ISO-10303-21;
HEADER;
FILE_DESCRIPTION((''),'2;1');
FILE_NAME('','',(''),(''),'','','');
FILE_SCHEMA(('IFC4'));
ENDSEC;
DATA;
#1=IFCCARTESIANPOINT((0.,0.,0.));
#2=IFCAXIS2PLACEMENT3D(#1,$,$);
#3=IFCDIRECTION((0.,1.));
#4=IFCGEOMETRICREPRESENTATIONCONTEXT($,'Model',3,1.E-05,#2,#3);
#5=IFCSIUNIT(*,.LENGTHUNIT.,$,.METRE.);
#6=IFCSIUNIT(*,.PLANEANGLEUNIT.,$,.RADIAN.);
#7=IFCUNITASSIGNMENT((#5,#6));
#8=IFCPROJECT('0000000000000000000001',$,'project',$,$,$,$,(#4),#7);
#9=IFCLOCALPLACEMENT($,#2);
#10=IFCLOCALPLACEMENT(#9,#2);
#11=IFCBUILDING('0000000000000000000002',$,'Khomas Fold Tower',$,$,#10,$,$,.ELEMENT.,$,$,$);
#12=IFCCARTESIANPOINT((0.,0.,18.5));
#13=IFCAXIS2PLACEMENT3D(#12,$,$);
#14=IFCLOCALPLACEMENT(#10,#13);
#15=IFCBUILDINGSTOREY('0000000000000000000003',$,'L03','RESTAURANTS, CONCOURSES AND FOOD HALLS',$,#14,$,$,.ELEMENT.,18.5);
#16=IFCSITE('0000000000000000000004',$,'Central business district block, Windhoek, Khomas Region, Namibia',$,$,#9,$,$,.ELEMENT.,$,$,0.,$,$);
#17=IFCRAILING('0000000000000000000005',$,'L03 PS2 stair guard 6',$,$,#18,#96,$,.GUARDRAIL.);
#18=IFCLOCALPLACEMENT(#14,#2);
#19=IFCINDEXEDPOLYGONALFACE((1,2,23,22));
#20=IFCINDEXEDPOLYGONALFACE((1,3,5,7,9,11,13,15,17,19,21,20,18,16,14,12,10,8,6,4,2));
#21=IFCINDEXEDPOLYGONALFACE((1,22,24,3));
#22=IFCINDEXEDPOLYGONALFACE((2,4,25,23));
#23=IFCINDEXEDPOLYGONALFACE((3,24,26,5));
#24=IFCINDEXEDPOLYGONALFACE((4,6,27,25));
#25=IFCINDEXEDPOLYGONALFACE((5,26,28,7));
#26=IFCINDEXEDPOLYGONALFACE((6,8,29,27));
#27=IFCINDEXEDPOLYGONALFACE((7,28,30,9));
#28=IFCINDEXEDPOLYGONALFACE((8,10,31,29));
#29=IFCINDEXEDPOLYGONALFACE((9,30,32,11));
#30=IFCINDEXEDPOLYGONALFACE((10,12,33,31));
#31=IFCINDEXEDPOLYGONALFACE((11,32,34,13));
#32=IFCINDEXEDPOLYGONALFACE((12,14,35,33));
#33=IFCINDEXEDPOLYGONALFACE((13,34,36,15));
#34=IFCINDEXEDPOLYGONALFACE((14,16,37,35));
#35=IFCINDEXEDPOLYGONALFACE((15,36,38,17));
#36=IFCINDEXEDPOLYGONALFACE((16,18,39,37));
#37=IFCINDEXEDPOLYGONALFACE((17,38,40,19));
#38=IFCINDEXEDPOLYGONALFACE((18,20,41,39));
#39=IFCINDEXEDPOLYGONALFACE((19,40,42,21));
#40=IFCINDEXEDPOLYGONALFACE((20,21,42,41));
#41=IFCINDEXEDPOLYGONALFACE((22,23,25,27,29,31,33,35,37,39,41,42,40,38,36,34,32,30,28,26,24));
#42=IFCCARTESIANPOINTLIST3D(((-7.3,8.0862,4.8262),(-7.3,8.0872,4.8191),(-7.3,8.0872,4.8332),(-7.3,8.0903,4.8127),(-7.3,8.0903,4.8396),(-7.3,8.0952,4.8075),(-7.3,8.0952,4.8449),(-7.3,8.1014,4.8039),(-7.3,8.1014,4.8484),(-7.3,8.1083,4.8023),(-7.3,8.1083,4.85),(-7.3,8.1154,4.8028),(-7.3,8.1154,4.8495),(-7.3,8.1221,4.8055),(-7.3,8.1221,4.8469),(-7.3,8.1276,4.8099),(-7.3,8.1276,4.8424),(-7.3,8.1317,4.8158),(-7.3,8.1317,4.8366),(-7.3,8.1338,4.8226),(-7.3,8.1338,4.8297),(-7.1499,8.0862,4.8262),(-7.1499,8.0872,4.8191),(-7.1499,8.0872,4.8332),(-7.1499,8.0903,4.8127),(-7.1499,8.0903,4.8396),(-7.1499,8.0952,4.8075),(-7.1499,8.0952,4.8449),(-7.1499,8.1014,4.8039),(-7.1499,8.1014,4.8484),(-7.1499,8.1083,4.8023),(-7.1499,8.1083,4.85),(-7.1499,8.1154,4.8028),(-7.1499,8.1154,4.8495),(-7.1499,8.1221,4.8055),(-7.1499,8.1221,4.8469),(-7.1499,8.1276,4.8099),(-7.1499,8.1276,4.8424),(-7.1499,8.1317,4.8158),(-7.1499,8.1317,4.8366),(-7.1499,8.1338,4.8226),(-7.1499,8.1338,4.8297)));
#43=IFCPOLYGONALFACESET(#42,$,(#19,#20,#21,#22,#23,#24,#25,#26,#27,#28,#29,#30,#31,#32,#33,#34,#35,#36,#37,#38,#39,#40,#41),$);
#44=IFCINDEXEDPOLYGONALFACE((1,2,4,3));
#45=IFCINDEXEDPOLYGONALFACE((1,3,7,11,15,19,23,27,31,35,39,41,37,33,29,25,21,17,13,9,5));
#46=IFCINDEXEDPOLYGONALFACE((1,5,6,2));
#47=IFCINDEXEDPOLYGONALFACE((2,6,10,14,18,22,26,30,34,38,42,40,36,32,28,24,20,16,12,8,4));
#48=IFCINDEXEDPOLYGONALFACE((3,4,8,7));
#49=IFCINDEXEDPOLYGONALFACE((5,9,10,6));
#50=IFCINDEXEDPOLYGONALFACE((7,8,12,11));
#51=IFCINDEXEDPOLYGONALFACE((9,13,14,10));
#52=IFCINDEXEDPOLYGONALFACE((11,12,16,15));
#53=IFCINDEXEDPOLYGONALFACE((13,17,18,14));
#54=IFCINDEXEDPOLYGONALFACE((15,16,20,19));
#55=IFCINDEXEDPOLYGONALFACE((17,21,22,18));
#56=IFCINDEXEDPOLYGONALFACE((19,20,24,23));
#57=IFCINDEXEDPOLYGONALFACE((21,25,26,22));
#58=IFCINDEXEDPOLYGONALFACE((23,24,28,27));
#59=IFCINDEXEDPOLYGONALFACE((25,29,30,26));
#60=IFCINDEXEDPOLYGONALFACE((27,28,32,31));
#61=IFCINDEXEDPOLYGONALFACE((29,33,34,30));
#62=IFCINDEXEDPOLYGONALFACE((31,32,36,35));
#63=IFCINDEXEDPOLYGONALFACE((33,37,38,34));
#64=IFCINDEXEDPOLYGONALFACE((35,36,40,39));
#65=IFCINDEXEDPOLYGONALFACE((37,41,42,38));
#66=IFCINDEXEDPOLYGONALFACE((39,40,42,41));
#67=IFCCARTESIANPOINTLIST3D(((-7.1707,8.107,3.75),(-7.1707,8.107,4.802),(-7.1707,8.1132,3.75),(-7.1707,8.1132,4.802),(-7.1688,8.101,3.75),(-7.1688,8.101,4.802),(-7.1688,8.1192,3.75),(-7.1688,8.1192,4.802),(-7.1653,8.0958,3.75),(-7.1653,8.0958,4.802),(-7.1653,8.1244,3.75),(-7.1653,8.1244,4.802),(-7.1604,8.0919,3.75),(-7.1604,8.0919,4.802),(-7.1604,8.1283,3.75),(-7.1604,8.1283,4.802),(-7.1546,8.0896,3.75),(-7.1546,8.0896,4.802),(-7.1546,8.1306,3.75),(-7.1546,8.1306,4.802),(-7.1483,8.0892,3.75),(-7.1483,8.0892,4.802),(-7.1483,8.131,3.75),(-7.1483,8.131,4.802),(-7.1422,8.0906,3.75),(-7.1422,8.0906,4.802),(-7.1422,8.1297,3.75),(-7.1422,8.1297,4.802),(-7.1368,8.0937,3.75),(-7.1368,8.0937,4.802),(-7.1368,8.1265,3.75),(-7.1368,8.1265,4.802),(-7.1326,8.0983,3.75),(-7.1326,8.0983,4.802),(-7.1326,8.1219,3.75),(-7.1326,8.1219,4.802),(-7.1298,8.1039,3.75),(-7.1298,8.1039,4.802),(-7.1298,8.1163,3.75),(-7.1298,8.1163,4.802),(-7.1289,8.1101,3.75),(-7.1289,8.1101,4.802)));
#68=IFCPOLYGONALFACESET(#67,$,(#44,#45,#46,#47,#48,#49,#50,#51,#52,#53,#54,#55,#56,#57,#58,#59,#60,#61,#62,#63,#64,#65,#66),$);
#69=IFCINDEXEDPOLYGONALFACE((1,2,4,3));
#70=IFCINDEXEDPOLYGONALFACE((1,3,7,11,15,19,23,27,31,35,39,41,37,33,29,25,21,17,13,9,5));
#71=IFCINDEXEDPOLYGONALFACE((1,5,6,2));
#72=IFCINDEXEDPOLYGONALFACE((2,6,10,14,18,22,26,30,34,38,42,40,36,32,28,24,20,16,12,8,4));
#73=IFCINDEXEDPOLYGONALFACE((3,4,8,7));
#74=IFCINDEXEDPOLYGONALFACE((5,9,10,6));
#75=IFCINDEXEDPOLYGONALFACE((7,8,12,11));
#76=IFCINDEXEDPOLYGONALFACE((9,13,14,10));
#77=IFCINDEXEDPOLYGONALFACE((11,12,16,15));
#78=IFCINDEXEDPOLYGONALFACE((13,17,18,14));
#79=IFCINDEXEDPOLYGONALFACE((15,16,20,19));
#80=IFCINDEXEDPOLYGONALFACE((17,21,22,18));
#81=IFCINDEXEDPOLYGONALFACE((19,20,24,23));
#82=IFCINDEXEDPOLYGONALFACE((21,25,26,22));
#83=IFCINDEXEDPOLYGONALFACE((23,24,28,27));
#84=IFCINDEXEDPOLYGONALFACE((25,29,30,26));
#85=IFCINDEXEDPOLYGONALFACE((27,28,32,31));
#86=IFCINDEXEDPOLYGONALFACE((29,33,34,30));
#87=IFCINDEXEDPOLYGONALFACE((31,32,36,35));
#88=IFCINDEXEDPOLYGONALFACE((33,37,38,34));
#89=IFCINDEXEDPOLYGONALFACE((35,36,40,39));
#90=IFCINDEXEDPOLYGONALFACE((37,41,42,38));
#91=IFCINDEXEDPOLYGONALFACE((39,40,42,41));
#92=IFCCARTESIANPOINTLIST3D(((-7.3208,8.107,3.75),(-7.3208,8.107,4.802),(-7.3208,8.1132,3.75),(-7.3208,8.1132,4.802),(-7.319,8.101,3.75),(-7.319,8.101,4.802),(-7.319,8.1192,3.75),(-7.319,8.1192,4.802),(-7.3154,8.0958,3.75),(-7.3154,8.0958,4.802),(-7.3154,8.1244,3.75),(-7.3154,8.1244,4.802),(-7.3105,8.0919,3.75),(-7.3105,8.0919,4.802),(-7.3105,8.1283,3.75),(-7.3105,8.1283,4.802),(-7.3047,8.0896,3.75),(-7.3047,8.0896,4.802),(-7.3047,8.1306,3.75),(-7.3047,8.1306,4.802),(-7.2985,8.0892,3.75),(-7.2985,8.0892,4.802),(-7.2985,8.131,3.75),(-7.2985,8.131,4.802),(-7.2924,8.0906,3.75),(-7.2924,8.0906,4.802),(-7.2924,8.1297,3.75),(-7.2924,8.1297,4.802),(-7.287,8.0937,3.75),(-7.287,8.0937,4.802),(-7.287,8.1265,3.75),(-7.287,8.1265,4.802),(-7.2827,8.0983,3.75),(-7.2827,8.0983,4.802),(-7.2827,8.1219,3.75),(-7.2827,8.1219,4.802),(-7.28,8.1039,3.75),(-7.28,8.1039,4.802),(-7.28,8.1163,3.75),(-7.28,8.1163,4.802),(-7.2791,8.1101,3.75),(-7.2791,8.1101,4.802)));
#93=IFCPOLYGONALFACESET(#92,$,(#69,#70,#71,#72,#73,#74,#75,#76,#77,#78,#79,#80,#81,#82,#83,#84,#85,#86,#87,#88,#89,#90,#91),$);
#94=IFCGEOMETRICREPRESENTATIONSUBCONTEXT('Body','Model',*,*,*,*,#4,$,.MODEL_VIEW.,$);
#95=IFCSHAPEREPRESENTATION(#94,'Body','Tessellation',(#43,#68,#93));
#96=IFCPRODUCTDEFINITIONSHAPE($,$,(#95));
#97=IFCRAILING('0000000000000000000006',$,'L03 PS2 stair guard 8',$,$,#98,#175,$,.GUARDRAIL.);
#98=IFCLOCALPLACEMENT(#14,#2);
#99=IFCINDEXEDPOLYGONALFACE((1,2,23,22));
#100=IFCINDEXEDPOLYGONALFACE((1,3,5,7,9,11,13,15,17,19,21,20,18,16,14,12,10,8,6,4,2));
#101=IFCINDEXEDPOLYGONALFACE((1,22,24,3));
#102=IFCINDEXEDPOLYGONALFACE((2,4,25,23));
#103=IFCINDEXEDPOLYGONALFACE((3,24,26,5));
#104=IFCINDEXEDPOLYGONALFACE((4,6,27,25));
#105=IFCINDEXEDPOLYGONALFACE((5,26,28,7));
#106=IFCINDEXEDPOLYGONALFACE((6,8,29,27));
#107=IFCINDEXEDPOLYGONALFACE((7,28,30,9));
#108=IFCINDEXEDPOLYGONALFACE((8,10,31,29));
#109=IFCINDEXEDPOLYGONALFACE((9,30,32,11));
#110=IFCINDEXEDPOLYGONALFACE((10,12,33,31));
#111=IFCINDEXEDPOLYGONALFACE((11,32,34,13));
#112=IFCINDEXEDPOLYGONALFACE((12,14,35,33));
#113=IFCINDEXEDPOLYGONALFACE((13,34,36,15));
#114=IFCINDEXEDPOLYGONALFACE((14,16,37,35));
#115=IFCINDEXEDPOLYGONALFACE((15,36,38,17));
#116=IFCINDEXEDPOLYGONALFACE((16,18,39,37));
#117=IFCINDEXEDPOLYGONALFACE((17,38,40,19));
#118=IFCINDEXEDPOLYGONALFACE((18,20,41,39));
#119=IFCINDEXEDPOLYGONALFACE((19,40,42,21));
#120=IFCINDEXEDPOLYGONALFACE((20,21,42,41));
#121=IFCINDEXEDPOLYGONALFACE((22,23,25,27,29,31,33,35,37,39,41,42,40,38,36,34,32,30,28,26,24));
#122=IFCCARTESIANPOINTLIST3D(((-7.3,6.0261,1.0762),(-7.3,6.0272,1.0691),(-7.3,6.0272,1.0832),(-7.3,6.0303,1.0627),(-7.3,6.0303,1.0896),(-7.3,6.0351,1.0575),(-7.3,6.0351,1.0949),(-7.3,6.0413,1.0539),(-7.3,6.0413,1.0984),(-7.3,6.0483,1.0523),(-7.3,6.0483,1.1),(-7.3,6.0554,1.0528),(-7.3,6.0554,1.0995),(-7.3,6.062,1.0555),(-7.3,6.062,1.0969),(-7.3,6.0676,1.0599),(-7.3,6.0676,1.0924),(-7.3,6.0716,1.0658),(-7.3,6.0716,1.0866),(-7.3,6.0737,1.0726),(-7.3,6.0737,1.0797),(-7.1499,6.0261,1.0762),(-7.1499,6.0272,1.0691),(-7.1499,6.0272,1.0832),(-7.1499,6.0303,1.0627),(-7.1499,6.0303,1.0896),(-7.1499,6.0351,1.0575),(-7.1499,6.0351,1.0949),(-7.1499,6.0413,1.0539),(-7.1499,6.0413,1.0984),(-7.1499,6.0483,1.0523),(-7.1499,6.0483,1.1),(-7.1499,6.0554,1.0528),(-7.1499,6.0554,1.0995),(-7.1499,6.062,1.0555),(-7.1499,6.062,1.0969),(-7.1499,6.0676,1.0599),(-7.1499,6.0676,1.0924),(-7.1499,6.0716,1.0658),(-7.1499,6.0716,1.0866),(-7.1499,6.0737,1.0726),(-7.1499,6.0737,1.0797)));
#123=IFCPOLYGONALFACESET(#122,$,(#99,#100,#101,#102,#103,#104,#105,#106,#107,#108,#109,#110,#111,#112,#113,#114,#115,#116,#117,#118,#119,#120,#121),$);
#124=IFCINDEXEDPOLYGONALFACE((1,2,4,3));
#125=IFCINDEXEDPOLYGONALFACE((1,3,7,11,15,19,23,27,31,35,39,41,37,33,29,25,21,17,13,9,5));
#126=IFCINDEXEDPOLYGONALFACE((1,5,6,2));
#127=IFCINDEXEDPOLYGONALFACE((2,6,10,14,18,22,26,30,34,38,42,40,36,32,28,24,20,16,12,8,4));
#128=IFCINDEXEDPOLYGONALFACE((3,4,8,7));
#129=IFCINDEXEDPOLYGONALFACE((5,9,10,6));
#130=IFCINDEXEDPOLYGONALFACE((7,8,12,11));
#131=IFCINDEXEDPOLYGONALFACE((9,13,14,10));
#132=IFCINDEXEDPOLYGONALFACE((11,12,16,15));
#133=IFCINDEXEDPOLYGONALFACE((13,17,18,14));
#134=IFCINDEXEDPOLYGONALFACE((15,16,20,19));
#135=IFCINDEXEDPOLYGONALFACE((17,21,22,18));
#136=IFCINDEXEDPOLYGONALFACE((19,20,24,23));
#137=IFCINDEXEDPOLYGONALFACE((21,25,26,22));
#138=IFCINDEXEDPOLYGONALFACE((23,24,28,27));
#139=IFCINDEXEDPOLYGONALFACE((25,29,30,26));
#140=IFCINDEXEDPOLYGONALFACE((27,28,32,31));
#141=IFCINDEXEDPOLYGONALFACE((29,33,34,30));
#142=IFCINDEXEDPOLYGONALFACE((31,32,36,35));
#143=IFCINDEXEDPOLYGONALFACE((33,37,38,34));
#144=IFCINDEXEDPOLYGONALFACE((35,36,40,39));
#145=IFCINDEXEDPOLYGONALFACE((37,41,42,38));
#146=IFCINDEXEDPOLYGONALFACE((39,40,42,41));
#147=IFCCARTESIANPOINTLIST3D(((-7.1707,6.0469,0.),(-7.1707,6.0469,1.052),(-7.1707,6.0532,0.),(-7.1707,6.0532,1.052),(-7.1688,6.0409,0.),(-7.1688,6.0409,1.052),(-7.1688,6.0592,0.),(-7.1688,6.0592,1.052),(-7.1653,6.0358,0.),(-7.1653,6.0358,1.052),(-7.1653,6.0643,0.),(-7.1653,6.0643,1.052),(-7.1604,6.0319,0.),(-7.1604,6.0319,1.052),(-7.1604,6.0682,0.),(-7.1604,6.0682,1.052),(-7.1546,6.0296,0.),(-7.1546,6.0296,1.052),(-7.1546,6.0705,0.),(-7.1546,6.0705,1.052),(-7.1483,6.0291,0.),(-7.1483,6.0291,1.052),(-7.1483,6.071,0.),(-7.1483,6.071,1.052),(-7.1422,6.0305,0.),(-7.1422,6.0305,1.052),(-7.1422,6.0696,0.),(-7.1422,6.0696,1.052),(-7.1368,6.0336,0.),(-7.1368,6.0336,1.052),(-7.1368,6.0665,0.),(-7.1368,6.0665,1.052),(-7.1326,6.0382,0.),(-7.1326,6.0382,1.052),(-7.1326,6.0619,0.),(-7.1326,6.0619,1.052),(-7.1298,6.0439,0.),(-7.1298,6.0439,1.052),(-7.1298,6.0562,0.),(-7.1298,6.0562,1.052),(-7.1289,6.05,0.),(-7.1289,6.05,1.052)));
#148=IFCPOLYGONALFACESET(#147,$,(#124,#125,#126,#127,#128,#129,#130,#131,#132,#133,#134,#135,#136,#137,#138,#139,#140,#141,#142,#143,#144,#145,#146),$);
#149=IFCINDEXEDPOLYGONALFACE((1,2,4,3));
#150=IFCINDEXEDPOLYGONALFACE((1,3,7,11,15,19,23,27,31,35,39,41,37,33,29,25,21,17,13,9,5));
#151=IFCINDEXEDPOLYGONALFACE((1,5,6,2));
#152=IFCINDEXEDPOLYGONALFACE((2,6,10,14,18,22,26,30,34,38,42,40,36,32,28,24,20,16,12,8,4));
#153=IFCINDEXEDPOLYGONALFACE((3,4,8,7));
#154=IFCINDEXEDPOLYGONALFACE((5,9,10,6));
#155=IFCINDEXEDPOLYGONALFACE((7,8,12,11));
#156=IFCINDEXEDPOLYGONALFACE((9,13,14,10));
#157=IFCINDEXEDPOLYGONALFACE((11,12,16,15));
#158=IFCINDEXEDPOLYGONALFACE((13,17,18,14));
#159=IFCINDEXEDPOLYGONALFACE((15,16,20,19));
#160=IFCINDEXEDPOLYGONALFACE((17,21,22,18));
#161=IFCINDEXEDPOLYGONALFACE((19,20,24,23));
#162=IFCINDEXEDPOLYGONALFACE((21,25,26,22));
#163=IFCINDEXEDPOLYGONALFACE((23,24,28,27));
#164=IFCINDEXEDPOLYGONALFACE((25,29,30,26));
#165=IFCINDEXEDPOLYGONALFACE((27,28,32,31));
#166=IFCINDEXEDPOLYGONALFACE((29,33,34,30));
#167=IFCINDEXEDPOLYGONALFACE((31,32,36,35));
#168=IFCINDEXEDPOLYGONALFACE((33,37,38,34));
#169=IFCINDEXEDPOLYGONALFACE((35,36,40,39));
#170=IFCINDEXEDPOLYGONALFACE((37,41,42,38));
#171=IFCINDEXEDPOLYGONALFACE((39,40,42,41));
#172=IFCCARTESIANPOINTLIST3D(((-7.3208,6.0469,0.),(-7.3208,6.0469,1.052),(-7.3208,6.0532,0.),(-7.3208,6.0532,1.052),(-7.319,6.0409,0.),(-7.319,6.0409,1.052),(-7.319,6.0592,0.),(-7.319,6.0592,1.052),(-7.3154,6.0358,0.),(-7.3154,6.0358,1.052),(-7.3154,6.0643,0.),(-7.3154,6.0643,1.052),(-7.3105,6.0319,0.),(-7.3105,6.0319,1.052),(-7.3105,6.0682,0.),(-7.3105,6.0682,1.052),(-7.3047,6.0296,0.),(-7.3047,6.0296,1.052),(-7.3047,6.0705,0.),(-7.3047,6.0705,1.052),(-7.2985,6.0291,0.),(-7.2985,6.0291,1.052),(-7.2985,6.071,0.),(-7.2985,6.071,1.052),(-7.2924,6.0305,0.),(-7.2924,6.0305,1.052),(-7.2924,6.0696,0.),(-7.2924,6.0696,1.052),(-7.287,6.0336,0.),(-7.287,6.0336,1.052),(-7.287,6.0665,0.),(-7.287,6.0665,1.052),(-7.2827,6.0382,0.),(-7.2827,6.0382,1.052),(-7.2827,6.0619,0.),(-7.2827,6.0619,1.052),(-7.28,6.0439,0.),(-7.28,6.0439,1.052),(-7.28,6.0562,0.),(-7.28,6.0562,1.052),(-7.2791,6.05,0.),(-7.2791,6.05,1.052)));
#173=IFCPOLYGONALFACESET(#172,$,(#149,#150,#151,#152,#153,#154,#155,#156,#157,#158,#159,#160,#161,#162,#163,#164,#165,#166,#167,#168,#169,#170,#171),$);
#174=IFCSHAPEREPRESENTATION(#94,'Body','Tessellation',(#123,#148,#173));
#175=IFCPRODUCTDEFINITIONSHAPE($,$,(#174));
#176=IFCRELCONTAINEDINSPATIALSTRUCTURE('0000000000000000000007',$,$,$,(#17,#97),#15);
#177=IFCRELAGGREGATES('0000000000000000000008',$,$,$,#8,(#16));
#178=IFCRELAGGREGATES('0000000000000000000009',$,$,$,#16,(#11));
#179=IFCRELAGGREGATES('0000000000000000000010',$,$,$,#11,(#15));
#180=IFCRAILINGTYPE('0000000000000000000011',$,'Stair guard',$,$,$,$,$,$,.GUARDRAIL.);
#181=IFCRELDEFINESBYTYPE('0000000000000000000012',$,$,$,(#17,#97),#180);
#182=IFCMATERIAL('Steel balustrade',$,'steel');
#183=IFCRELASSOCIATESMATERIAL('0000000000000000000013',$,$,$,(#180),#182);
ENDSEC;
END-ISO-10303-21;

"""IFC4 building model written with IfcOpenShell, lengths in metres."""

from ifc_helpers import new_model, si_unit, direction, frame, origin, origin_2d, place, context, subcontext, project, spatial, circle, extrude, source, transform, mapped, material, type_object, element, save


model = new_model("IFC4")

# Units and contexts
model_context = context("Model", 3, precision=1e-05, world=origin(), true_north=direction((0.0, 1.0)))
body_context = subcontext(model_context, "Body", "Model", "MODEL_VIEW")
ifc_project = project(units=[si_unit("LENGTHUNIT", "METRE"), si_unit("PLANEANGLEUNIT", "RADIAN")], contexts=[model_context])

# Site, building, storey
site_placement = place(None, origin())
site = spatial("IfcSite", under=ifc_project, at=site_placement, Name="Central business district block, Windhoek, Khomas Region, Namibia", CompositionType="ELEMENT", RefElevation=0.0)
building_placement = place(site_placement, origin())
building = spatial("IfcBuilding", under=site, at=building_placement, Name="Khomas Fold Tower", CompositionType="ELEMENT")
storey_placement = place(building_placement, frame((0.0, 0.0, 18.5)))
storey = spatial("IfcBuildingStorey", under=building, at=storey_placement, Name="L03", Description="RESTAURANTS, CONCOURSES AND FOOD HALLS", CompositionType="ELEMENT", Elevation=18.5)

# Railings
ifc_material_1 = material(Name="Steel balustrade", Category="steel")
railing_type_1 = type_object("IfcRailingType", Name="Stair guard", PredefinedType="GUARDRAIL", material=ifc_material_1)
shared_shape_1 = source(origin(), body_context, "Body", "SweptSolid", [
    extrude(circle(Radius=0.0239, at=origin_2d()), frame((0.0, 0.0, 1.0762), z_axis=(-1.0, 0.0, 0.0), x_axis=(0.0, -1.0, 0.0)), (0.0, 0.0, 1.0), 0.1501),
    extrude(circle(Radius=0.021, at=origin_2d()), origin(), (0.0, 0.0, 1.0), 1.052),
    extrude(circle(Radius=0.021, at=origin_2d()), frame((-0.1501, 0.0, 0.0)), (0.0, 0.0, 1.0), 1.052),
])
for number, where, name in (
    (1, (-7.1499, 8.1101, 3.75), "L03 PS2 stair guard 6"),
    (2, (-7.1499, 6.05, 0.0), "L03 PS2 stair guard 8"),
):
    element("IfcRailing", number, at=place(storey_placement, frame(where)), inside=storey, type_object=railing_type_1, Name=name, PredefinedType="GUARDRAIL", context=body_context, shape_type="MappedRepresentation", body=[
        mapped(shared_shape_1, transform((0.0, 0.0, 0.0))),
    ])

save(model, "model.ifc")
